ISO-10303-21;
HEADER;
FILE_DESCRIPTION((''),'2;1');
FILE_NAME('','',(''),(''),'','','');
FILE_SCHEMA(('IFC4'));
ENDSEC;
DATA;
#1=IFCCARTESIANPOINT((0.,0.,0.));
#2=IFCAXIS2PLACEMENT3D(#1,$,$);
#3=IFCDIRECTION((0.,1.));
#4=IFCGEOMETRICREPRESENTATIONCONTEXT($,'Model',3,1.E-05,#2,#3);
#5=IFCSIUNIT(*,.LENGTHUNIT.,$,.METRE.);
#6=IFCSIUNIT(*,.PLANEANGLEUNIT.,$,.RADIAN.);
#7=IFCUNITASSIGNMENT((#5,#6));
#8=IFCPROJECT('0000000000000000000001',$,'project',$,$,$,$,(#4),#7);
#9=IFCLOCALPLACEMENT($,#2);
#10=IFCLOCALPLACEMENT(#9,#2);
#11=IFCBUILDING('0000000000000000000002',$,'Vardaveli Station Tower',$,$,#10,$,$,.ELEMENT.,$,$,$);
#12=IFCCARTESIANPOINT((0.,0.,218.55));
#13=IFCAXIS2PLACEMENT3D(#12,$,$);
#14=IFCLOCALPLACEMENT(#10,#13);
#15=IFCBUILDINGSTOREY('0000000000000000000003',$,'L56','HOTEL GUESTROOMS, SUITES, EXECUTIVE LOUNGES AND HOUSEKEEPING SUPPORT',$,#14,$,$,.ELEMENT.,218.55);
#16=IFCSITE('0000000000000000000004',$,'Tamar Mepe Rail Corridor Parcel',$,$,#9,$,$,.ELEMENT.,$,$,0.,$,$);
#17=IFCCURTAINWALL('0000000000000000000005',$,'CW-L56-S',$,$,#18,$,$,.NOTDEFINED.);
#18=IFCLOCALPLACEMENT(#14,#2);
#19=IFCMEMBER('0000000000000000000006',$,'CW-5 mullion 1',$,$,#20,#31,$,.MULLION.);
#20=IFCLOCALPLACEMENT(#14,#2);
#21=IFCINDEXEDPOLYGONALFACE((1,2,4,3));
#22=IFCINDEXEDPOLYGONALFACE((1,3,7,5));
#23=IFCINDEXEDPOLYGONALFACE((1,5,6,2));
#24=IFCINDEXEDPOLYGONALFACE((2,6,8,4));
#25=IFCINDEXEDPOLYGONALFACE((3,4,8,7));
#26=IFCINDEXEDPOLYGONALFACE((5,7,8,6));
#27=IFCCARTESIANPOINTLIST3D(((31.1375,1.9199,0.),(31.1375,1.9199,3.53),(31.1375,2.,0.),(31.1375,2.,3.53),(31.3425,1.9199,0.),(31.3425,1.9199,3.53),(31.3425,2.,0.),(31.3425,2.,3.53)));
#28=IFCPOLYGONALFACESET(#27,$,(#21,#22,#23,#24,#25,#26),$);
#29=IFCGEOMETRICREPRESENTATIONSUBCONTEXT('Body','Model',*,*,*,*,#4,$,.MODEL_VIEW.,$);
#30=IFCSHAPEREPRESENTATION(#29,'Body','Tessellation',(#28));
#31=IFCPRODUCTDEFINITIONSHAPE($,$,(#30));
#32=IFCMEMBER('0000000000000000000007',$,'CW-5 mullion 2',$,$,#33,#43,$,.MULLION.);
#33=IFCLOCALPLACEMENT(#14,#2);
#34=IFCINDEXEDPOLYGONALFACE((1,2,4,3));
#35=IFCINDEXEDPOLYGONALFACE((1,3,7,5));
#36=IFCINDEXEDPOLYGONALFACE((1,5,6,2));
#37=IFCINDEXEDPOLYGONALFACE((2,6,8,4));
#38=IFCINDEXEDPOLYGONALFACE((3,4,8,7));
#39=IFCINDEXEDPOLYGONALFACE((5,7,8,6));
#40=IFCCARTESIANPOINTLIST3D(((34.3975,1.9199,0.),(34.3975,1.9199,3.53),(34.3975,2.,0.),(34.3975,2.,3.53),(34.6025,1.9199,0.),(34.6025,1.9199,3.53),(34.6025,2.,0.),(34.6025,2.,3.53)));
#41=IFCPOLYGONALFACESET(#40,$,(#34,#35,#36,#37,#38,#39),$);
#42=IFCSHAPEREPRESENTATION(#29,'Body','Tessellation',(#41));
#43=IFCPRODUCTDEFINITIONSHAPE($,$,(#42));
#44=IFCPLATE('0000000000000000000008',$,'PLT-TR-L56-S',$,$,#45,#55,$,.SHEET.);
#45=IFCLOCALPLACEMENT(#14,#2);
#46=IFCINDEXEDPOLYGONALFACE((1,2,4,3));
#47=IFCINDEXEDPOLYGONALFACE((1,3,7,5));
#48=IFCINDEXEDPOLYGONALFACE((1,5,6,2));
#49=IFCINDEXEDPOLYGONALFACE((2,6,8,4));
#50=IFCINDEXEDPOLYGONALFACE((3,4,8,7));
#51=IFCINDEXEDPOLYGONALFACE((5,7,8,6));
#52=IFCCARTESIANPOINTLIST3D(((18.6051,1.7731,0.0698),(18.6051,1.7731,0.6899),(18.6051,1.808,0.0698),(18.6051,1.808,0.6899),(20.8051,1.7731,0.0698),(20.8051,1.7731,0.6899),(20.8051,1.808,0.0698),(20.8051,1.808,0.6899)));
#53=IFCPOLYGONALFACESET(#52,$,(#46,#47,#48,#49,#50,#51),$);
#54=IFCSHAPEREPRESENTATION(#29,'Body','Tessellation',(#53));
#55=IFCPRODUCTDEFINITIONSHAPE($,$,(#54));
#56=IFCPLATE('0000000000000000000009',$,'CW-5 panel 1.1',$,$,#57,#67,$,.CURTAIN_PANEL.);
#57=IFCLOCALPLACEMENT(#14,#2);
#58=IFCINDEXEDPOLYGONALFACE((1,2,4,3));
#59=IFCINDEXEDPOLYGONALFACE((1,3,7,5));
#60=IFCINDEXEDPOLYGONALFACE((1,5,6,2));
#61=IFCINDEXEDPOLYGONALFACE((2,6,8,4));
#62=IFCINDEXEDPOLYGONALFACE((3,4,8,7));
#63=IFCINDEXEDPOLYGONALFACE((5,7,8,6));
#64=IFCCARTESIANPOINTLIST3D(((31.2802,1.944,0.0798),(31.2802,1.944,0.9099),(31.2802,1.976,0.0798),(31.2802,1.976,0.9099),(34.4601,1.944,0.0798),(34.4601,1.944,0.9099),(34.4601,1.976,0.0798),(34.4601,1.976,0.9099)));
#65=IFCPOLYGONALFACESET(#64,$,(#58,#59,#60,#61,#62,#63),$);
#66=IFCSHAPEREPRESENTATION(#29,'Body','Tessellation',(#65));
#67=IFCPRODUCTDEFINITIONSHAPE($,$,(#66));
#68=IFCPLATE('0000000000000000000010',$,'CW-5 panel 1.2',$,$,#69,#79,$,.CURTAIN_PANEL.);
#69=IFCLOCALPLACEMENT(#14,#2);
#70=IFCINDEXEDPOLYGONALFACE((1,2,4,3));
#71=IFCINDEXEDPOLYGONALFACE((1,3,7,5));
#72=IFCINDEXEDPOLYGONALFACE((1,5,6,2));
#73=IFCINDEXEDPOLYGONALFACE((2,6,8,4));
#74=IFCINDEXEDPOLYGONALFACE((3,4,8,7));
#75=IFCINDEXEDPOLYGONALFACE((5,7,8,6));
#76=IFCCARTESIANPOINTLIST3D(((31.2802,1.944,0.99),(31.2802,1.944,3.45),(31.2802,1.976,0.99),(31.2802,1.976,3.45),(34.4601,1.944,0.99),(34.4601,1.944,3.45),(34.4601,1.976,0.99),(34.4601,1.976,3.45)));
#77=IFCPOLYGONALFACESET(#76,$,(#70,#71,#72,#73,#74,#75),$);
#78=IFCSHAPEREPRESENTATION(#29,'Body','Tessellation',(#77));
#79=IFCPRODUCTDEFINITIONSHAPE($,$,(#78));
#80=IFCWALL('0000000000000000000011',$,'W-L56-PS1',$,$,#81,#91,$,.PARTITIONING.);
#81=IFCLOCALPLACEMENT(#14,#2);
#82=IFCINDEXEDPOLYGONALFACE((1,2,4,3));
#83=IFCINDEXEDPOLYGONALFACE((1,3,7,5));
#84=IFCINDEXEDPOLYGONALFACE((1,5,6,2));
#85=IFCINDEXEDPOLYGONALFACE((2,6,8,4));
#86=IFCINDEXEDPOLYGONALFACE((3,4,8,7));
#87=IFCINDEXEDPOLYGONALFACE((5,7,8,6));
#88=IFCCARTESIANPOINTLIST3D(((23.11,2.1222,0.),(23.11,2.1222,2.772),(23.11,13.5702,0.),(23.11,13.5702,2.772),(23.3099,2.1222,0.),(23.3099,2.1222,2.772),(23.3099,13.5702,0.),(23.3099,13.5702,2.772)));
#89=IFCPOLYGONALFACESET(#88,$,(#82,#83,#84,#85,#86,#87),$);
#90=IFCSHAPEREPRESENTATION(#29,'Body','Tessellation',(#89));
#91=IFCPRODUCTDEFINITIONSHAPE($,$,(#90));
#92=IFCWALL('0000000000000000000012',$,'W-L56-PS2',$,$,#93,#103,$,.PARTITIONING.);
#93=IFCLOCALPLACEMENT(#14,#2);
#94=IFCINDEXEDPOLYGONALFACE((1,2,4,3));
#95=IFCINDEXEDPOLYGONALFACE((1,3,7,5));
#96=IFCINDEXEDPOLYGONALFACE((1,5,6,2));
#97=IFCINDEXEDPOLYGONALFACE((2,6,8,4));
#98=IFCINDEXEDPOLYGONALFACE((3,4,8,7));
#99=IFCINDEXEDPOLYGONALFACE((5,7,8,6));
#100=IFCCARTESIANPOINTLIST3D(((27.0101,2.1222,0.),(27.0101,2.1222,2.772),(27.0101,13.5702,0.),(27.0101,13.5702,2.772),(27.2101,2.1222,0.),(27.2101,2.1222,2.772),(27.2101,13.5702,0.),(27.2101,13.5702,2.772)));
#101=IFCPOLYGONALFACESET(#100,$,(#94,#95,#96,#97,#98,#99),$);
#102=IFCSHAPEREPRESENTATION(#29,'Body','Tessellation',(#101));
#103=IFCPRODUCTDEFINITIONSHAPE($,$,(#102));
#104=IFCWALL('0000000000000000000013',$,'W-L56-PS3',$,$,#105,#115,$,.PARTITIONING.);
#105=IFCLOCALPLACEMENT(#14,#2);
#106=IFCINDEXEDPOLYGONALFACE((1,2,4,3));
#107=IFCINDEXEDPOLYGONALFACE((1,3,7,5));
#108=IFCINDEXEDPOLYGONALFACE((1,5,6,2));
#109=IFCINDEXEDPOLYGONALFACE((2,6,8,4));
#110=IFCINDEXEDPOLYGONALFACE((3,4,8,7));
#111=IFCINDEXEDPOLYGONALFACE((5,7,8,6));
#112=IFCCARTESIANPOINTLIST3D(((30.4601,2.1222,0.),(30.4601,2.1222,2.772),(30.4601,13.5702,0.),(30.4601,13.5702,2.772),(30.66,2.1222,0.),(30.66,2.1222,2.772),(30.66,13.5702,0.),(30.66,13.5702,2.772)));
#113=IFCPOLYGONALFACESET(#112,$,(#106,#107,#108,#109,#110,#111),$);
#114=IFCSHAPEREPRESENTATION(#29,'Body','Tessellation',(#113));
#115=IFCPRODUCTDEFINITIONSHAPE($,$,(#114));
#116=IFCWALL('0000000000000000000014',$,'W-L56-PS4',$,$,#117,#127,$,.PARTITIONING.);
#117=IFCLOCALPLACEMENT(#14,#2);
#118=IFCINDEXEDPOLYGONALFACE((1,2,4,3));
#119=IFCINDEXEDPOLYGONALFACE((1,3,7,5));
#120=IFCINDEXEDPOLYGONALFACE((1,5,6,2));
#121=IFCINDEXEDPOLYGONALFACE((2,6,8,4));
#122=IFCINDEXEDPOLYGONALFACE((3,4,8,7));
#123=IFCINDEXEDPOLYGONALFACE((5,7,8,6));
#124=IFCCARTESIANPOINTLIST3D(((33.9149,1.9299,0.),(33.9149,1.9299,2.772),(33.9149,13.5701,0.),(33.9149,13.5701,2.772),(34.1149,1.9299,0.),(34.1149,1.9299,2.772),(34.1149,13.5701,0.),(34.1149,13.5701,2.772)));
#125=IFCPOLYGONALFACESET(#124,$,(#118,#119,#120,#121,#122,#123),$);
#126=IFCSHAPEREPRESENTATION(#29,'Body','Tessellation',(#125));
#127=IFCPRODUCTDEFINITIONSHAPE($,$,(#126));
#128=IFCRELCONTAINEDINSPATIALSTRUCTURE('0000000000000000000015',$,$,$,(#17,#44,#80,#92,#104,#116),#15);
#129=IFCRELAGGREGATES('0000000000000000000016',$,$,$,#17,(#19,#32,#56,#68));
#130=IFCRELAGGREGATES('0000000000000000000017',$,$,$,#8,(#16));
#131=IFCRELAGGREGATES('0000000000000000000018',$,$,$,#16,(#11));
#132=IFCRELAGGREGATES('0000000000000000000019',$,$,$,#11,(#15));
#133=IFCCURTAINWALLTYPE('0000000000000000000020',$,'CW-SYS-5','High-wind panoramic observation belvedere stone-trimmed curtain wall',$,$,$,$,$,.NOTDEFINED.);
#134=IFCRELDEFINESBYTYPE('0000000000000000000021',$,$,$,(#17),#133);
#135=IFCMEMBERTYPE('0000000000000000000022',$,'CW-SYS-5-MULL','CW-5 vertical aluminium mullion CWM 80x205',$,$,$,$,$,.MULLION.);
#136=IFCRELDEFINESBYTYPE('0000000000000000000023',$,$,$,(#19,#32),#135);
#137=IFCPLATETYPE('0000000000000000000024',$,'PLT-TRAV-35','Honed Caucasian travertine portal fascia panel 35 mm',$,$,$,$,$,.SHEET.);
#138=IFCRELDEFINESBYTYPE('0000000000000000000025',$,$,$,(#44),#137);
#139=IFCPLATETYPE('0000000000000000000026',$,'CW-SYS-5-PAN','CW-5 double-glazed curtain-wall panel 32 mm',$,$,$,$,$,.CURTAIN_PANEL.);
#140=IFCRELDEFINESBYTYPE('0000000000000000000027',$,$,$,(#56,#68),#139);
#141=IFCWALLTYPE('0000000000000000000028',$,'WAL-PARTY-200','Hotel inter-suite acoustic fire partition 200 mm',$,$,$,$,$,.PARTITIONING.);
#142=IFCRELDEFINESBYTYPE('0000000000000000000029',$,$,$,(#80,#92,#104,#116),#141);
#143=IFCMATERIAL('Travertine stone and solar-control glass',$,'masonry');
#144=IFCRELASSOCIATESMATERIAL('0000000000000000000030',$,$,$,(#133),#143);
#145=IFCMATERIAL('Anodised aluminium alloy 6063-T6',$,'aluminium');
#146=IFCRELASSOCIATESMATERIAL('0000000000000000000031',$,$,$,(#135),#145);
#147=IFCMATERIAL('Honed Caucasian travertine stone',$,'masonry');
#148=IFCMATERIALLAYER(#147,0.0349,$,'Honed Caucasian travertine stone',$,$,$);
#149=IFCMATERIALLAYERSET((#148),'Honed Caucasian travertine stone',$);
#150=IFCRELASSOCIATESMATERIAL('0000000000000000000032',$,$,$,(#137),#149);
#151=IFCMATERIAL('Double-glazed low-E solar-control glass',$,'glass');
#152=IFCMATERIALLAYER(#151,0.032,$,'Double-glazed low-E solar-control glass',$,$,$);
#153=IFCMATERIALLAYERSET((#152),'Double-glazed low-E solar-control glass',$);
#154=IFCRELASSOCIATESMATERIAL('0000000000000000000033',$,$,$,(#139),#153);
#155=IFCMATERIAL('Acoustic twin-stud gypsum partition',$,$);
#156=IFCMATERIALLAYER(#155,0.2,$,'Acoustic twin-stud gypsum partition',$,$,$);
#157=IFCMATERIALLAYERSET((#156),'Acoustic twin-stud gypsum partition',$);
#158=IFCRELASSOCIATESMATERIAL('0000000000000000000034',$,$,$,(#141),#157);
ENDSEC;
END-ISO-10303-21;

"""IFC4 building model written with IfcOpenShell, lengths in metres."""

from ifc_helpers import new_model, si_unit, direction, frame, frame_2d, origin, origin_2d, place, context, subcontext, project, spatial, rectangle, extrude, source, transform, mapped, material, layer, layer_set, material_profile, profile_set, type_object, element, aggregate, save


model = new_model("IFC4")

# Units and contexts
model_context = context("Model", 3, precision=1e-05, world=origin(), true_north=direction((0.0, 1.0)))
body_context = subcontext(model_context, "Body", "Model", "MODEL_VIEW")
ifc_project = project(units=[si_unit("LENGTHUNIT", "METRE"), si_unit("PLANEANGLEUNIT", "RADIAN")], contexts=[model_context])

# Site, building, storey
site_placement = place(None, origin())
site = spatial("IfcSite", under=ifc_project, at=site_placement, Name="Tamar Mepe Rail Corridor Parcel", CompositionType="ELEMENT", RefElevation=0.0)
building_placement = place(site_placement, origin())
building = spatial("IfcBuilding", under=site, at=building_placement, Name="Vardaveli Station Tower", CompositionType="ELEMENT")
storey_placement = place(building_placement, frame((0.0, 0.0, 218.55)))
storey = spatial("IfcBuildingStorey", under=building, at=storey_placement, Name="L56", Description="HOTEL GUESTROOMS, SUITES, EXECUTIVE LOUNGES AND HOUSEKEEPING SUPPORT", CompositionType="ELEMENT", Elevation=218.55)

# Curtain wall, members
ifc_material_1 = material(Name="Travertine stone and solar-control glass", Category="masonry")
curtain_wall_type = type_object("IfcCurtainWallType", Name="CW-SYS-5", Description="High-wind panoramic observation belvedere stone-trimmed curtain wall", PredefinedType="NOTDEFINED", material=ifc_material_1)
curtain_wall_placement = place(storey_placement, origin())
curtain_wall = element("IfcCurtainWall", 1, at=curtain_wall_placement, inside=storey, type_object=curtain_wall_type, Name="CW-L56-S", PredefinedType="NOTDEFINED")
ifc_material_2 = material(Name="Anodised aluminium alloy 6063-T6", Category="aluminium")
ifc_material_profile_1 = material_profile(ifc_material_2, rectangle(XDim=0.0801, YDim=0.2051, at=origin_2d()), Name="CWM 80x205")
ifc_profile_set_1 = profile_set([ifc_material_profile_1], Name="Anodised aluminium alloy 6063-T6")
member_type_1 = type_object("IfcMemberType", Name="CW-SYS-5-MULL", Description="CW-5 vertical aluminium mullion CWM 80x205", PredefinedType="MULLION", material=ifc_profile_set_1)
shared_shape_1 = source(origin(), body_context, "Body", "SweptSolid", [
    extrude(rectangle(XDim=0.0801, YDim=0.2051, at=origin_2d()), origin(), (0.0, 0.0, 1.0), 3.53),
])
member_1_placement = place(storey_placement, frame((31.24, 1.96, 0.0), z_axis=(0.0, 0.0, 1.0), x_axis=(0.0, 1.0, 0.0)))
member_1 = element("IfcMember", 2, at=member_1_placement, type_object=member_type_1, Name="CW-5 mullion 1", PredefinedType="MULLION", context=body_context, shape_type="MappedRepresentation", body=[
    mapped(shared_shape_1, transform((0.0, 0.0, 0.0), scale=1.0)),
])
member_2_placement = place(storey_placement, frame((34.5, 1.96, 0.0), z_axis=(0.0, 0.0, 1.0), x_axis=(0.0, 1.0, 0.0)))
member_2 = element("IfcMember", 3, at=member_2_placement, type_object=member_type_1, Name="CW-5 mullion 2", PredefinedType="MULLION", context=body_context, shape_type="MappedRepresentation", body=[
    mapped(shared_shape_1, transform((0.0, 0.0, 0.0), scale=1.0)),
])

# Plates
ifc_material_3 = material(Name="Honed Caucasian travertine stone", Category="masonry")
ifc_layer_1 = layer(ifc_material_3, 0.0349, Name="Honed Caucasian travertine stone")
ifc_layer_set_1 = layer_set([ifc_layer_1], Name="Honed Caucasian travertine stone")
plate_type_1 = type_object("IfcPlateType", Name="PLT-TRAV-35", Description="Honed Caucasian travertine portal fascia panel 35 mm", PredefinedType="SHEET", material=ifc_layer_set_1)
shared_shape_2 = source(origin(), body_context, "Body", "SweptSolid", [
    extrude(rectangle(XDim=2.2, YDim=0.0349, at=origin_2d()), origin(), (0.0, 0.0, 1.0), 0.6201),
])
plate_1_placement = place(storey_placement, frame((19.7051, 1.7905, 0.0698), z_axis=(0.0, 0.0, 1.0), x_axis=(1.0, 0.0, 0.0)))
element("IfcPlate", 4, at=plate_1_placement, inside=storey, type_object=plate_type_1, Name="PLT-TR-L56-S", PredefinedType="SHEET", context=body_context, shape_type="MappedRepresentation", body=[
    mapped(shared_shape_2, transform((0.0, 0.0, 0.0), scale=1.0)),
])
ifc_material_4 = material(Name="Double-glazed low-E solar-control glass", Category="glass")
ifc_layer_2 = layer(ifc_material_4, 0.032, Name="Double-glazed low-E solar-control glass")
ifc_layer_set_2 = layer_set([ifc_layer_2], Name="Double-glazed low-E solar-control glass")
plate_type_2 = type_object("IfcPlateType", Name="CW-SYS-5-PAN", Description="CW-5 double-glazed curtain-wall panel 32 mm", PredefinedType="CURTAIN_PANEL", material=ifc_layer_set_2)
shared_shape_3 = source(origin(), body_context, "Body", "SweptSolid", [
    extrude(rectangle(XDim=3.1799, YDim=0.032, at=origin_2d()), origin(), (0.0, 0.0, 1.0), 0.8301),
])
plate_2_placement = place(storey_placement, frame((32.8701, 1.96, 0.0798), z_axis=(0.0, 0.0, 1.0), x_axis=(1.0, 0.0, 0.0)))
plate_2 = element("IfcPlate", 5, at=plate_2_placement, type_object=plate_type_2, Name="CW-5 panel 1.1", PredefinedType="CURTAIN_PANEL", context=body_context, shape_type="MappedRepresentation", body=[
    mapped(shared_shape_3, transform((0.0, 0.0, 0.0), scale=1.0)),
])
shared_shape_4 = source(origin(), body_context, "Body", "SweptSolid", [
    extrude(rectangle(XDim=3.1799, YDim=0.032, at=origin_2d()), origin(), (0.0, 0.0, 1.0), 2.46),
])
plate_3_placement = place(storey_placement, frame((32.8701, 1.96, 0.99), z_axis=(0.0, 0.0, 1.0), x_axis=(1.0, 0.0, 0.0)))
plate_3 = element("IfcPlate", 6, at=plate_3_placement, type_object=plate_type_2, Name="CW-5 panel 1.2", PredefinedType="CURTAIN_PANEL", context=body_context, shape_type="MappedRepresentation", body=[
    mapped(shared_shape_4, transform((0.0, 0.0, 0.0), scale=1.0)),
])
aggregate(curtain_wall, [member_1, member_2, plate_2, plate_3])

# Walls
ifc_material_5 = material(Name="Acoustic twin-stud gypsum partition")
ifc_layer_3 = layer(ifc_material_5, 0.2, Name="Acoustic twin-stud gypsum partition")
ifc_layer_set_3 = layer_set([ifc_layer_3], Name="Acoustic twin-stud gypsum partition")
wall_type = type_object("IfcWallType", Name="WAL-PARTY-200", Description="Hotel inter-suite acoustic fire partition 200 mm", PredefinedType="PARTITIONING", material=ifc_layer_set_3)
shared_shape_5 = source(origin(), body_context, "Body", "SweptSolid", [
    extrude(rectangle(XDim=11.448, YDim=0.2, at=frame_2d((5.7241, 0.0))), origin(), (0.0, 0.0, 1.0), 2.772),
])
for number, where, z_axis, x_axis, name in (
    (7, (23.21, 2.1221, 0.0), (0.0, 0.0, 1.0), (0.0, 1.0, 0.0), "W-L56-PS1"),
    (8, (27.1101, 2.1221, 0.0), (0.0, 0.0, 1.0), (0.0, 1.0, 0.0), "W-L56-PS2"),
    (9, (30.5601, 2.1221, 0.0), (0.0, 0.0, 1.0), (0.0, 1.0, 0.0), "W-L56-PS3"),
):
    element("IfcWall", number, at=place(storey_placement, frame(where, z_axis=z_axis, x_axis=x_axis)), inside=storey, type_object=wall_type, Name=name, PredefinedType="PARTITIONING", context=body_context, shape_type="MappedRepresentation", body=[
        mapped(shared_shape_5, transform((0.0, 0.0, 0.0), scale=1.0)),
    ])
shared_shape_6 = source(origin(), body_context, "Body", "SweptSolid", [
    extrude(rectangle(XDim=11.6401, YDim=0.2, at=frame_2d((5.8201, 0.0))), origin(), (0.0, 0.0, 1.0), 2.772),
])
wall_placement = place(storey_placement, frame((34.0149, 1.9299, 0.0), z_axis=(0.0, 0.0, 1.0), x_axis=(0.0, 1.0, 0.0)))
element("IfcWall", 10, at=wall_placement, inside=storey, type_object=wall_type, Name="W-L56-PS4", PredefinedType="PARTITIONING", context=body_context, shape_type="MappedRepresentation", body=[
    mapped(shared_shape_6, transform((0.0, 0.0, 0.0), scale=1.0)),
])

save(model, "model.ifc")
